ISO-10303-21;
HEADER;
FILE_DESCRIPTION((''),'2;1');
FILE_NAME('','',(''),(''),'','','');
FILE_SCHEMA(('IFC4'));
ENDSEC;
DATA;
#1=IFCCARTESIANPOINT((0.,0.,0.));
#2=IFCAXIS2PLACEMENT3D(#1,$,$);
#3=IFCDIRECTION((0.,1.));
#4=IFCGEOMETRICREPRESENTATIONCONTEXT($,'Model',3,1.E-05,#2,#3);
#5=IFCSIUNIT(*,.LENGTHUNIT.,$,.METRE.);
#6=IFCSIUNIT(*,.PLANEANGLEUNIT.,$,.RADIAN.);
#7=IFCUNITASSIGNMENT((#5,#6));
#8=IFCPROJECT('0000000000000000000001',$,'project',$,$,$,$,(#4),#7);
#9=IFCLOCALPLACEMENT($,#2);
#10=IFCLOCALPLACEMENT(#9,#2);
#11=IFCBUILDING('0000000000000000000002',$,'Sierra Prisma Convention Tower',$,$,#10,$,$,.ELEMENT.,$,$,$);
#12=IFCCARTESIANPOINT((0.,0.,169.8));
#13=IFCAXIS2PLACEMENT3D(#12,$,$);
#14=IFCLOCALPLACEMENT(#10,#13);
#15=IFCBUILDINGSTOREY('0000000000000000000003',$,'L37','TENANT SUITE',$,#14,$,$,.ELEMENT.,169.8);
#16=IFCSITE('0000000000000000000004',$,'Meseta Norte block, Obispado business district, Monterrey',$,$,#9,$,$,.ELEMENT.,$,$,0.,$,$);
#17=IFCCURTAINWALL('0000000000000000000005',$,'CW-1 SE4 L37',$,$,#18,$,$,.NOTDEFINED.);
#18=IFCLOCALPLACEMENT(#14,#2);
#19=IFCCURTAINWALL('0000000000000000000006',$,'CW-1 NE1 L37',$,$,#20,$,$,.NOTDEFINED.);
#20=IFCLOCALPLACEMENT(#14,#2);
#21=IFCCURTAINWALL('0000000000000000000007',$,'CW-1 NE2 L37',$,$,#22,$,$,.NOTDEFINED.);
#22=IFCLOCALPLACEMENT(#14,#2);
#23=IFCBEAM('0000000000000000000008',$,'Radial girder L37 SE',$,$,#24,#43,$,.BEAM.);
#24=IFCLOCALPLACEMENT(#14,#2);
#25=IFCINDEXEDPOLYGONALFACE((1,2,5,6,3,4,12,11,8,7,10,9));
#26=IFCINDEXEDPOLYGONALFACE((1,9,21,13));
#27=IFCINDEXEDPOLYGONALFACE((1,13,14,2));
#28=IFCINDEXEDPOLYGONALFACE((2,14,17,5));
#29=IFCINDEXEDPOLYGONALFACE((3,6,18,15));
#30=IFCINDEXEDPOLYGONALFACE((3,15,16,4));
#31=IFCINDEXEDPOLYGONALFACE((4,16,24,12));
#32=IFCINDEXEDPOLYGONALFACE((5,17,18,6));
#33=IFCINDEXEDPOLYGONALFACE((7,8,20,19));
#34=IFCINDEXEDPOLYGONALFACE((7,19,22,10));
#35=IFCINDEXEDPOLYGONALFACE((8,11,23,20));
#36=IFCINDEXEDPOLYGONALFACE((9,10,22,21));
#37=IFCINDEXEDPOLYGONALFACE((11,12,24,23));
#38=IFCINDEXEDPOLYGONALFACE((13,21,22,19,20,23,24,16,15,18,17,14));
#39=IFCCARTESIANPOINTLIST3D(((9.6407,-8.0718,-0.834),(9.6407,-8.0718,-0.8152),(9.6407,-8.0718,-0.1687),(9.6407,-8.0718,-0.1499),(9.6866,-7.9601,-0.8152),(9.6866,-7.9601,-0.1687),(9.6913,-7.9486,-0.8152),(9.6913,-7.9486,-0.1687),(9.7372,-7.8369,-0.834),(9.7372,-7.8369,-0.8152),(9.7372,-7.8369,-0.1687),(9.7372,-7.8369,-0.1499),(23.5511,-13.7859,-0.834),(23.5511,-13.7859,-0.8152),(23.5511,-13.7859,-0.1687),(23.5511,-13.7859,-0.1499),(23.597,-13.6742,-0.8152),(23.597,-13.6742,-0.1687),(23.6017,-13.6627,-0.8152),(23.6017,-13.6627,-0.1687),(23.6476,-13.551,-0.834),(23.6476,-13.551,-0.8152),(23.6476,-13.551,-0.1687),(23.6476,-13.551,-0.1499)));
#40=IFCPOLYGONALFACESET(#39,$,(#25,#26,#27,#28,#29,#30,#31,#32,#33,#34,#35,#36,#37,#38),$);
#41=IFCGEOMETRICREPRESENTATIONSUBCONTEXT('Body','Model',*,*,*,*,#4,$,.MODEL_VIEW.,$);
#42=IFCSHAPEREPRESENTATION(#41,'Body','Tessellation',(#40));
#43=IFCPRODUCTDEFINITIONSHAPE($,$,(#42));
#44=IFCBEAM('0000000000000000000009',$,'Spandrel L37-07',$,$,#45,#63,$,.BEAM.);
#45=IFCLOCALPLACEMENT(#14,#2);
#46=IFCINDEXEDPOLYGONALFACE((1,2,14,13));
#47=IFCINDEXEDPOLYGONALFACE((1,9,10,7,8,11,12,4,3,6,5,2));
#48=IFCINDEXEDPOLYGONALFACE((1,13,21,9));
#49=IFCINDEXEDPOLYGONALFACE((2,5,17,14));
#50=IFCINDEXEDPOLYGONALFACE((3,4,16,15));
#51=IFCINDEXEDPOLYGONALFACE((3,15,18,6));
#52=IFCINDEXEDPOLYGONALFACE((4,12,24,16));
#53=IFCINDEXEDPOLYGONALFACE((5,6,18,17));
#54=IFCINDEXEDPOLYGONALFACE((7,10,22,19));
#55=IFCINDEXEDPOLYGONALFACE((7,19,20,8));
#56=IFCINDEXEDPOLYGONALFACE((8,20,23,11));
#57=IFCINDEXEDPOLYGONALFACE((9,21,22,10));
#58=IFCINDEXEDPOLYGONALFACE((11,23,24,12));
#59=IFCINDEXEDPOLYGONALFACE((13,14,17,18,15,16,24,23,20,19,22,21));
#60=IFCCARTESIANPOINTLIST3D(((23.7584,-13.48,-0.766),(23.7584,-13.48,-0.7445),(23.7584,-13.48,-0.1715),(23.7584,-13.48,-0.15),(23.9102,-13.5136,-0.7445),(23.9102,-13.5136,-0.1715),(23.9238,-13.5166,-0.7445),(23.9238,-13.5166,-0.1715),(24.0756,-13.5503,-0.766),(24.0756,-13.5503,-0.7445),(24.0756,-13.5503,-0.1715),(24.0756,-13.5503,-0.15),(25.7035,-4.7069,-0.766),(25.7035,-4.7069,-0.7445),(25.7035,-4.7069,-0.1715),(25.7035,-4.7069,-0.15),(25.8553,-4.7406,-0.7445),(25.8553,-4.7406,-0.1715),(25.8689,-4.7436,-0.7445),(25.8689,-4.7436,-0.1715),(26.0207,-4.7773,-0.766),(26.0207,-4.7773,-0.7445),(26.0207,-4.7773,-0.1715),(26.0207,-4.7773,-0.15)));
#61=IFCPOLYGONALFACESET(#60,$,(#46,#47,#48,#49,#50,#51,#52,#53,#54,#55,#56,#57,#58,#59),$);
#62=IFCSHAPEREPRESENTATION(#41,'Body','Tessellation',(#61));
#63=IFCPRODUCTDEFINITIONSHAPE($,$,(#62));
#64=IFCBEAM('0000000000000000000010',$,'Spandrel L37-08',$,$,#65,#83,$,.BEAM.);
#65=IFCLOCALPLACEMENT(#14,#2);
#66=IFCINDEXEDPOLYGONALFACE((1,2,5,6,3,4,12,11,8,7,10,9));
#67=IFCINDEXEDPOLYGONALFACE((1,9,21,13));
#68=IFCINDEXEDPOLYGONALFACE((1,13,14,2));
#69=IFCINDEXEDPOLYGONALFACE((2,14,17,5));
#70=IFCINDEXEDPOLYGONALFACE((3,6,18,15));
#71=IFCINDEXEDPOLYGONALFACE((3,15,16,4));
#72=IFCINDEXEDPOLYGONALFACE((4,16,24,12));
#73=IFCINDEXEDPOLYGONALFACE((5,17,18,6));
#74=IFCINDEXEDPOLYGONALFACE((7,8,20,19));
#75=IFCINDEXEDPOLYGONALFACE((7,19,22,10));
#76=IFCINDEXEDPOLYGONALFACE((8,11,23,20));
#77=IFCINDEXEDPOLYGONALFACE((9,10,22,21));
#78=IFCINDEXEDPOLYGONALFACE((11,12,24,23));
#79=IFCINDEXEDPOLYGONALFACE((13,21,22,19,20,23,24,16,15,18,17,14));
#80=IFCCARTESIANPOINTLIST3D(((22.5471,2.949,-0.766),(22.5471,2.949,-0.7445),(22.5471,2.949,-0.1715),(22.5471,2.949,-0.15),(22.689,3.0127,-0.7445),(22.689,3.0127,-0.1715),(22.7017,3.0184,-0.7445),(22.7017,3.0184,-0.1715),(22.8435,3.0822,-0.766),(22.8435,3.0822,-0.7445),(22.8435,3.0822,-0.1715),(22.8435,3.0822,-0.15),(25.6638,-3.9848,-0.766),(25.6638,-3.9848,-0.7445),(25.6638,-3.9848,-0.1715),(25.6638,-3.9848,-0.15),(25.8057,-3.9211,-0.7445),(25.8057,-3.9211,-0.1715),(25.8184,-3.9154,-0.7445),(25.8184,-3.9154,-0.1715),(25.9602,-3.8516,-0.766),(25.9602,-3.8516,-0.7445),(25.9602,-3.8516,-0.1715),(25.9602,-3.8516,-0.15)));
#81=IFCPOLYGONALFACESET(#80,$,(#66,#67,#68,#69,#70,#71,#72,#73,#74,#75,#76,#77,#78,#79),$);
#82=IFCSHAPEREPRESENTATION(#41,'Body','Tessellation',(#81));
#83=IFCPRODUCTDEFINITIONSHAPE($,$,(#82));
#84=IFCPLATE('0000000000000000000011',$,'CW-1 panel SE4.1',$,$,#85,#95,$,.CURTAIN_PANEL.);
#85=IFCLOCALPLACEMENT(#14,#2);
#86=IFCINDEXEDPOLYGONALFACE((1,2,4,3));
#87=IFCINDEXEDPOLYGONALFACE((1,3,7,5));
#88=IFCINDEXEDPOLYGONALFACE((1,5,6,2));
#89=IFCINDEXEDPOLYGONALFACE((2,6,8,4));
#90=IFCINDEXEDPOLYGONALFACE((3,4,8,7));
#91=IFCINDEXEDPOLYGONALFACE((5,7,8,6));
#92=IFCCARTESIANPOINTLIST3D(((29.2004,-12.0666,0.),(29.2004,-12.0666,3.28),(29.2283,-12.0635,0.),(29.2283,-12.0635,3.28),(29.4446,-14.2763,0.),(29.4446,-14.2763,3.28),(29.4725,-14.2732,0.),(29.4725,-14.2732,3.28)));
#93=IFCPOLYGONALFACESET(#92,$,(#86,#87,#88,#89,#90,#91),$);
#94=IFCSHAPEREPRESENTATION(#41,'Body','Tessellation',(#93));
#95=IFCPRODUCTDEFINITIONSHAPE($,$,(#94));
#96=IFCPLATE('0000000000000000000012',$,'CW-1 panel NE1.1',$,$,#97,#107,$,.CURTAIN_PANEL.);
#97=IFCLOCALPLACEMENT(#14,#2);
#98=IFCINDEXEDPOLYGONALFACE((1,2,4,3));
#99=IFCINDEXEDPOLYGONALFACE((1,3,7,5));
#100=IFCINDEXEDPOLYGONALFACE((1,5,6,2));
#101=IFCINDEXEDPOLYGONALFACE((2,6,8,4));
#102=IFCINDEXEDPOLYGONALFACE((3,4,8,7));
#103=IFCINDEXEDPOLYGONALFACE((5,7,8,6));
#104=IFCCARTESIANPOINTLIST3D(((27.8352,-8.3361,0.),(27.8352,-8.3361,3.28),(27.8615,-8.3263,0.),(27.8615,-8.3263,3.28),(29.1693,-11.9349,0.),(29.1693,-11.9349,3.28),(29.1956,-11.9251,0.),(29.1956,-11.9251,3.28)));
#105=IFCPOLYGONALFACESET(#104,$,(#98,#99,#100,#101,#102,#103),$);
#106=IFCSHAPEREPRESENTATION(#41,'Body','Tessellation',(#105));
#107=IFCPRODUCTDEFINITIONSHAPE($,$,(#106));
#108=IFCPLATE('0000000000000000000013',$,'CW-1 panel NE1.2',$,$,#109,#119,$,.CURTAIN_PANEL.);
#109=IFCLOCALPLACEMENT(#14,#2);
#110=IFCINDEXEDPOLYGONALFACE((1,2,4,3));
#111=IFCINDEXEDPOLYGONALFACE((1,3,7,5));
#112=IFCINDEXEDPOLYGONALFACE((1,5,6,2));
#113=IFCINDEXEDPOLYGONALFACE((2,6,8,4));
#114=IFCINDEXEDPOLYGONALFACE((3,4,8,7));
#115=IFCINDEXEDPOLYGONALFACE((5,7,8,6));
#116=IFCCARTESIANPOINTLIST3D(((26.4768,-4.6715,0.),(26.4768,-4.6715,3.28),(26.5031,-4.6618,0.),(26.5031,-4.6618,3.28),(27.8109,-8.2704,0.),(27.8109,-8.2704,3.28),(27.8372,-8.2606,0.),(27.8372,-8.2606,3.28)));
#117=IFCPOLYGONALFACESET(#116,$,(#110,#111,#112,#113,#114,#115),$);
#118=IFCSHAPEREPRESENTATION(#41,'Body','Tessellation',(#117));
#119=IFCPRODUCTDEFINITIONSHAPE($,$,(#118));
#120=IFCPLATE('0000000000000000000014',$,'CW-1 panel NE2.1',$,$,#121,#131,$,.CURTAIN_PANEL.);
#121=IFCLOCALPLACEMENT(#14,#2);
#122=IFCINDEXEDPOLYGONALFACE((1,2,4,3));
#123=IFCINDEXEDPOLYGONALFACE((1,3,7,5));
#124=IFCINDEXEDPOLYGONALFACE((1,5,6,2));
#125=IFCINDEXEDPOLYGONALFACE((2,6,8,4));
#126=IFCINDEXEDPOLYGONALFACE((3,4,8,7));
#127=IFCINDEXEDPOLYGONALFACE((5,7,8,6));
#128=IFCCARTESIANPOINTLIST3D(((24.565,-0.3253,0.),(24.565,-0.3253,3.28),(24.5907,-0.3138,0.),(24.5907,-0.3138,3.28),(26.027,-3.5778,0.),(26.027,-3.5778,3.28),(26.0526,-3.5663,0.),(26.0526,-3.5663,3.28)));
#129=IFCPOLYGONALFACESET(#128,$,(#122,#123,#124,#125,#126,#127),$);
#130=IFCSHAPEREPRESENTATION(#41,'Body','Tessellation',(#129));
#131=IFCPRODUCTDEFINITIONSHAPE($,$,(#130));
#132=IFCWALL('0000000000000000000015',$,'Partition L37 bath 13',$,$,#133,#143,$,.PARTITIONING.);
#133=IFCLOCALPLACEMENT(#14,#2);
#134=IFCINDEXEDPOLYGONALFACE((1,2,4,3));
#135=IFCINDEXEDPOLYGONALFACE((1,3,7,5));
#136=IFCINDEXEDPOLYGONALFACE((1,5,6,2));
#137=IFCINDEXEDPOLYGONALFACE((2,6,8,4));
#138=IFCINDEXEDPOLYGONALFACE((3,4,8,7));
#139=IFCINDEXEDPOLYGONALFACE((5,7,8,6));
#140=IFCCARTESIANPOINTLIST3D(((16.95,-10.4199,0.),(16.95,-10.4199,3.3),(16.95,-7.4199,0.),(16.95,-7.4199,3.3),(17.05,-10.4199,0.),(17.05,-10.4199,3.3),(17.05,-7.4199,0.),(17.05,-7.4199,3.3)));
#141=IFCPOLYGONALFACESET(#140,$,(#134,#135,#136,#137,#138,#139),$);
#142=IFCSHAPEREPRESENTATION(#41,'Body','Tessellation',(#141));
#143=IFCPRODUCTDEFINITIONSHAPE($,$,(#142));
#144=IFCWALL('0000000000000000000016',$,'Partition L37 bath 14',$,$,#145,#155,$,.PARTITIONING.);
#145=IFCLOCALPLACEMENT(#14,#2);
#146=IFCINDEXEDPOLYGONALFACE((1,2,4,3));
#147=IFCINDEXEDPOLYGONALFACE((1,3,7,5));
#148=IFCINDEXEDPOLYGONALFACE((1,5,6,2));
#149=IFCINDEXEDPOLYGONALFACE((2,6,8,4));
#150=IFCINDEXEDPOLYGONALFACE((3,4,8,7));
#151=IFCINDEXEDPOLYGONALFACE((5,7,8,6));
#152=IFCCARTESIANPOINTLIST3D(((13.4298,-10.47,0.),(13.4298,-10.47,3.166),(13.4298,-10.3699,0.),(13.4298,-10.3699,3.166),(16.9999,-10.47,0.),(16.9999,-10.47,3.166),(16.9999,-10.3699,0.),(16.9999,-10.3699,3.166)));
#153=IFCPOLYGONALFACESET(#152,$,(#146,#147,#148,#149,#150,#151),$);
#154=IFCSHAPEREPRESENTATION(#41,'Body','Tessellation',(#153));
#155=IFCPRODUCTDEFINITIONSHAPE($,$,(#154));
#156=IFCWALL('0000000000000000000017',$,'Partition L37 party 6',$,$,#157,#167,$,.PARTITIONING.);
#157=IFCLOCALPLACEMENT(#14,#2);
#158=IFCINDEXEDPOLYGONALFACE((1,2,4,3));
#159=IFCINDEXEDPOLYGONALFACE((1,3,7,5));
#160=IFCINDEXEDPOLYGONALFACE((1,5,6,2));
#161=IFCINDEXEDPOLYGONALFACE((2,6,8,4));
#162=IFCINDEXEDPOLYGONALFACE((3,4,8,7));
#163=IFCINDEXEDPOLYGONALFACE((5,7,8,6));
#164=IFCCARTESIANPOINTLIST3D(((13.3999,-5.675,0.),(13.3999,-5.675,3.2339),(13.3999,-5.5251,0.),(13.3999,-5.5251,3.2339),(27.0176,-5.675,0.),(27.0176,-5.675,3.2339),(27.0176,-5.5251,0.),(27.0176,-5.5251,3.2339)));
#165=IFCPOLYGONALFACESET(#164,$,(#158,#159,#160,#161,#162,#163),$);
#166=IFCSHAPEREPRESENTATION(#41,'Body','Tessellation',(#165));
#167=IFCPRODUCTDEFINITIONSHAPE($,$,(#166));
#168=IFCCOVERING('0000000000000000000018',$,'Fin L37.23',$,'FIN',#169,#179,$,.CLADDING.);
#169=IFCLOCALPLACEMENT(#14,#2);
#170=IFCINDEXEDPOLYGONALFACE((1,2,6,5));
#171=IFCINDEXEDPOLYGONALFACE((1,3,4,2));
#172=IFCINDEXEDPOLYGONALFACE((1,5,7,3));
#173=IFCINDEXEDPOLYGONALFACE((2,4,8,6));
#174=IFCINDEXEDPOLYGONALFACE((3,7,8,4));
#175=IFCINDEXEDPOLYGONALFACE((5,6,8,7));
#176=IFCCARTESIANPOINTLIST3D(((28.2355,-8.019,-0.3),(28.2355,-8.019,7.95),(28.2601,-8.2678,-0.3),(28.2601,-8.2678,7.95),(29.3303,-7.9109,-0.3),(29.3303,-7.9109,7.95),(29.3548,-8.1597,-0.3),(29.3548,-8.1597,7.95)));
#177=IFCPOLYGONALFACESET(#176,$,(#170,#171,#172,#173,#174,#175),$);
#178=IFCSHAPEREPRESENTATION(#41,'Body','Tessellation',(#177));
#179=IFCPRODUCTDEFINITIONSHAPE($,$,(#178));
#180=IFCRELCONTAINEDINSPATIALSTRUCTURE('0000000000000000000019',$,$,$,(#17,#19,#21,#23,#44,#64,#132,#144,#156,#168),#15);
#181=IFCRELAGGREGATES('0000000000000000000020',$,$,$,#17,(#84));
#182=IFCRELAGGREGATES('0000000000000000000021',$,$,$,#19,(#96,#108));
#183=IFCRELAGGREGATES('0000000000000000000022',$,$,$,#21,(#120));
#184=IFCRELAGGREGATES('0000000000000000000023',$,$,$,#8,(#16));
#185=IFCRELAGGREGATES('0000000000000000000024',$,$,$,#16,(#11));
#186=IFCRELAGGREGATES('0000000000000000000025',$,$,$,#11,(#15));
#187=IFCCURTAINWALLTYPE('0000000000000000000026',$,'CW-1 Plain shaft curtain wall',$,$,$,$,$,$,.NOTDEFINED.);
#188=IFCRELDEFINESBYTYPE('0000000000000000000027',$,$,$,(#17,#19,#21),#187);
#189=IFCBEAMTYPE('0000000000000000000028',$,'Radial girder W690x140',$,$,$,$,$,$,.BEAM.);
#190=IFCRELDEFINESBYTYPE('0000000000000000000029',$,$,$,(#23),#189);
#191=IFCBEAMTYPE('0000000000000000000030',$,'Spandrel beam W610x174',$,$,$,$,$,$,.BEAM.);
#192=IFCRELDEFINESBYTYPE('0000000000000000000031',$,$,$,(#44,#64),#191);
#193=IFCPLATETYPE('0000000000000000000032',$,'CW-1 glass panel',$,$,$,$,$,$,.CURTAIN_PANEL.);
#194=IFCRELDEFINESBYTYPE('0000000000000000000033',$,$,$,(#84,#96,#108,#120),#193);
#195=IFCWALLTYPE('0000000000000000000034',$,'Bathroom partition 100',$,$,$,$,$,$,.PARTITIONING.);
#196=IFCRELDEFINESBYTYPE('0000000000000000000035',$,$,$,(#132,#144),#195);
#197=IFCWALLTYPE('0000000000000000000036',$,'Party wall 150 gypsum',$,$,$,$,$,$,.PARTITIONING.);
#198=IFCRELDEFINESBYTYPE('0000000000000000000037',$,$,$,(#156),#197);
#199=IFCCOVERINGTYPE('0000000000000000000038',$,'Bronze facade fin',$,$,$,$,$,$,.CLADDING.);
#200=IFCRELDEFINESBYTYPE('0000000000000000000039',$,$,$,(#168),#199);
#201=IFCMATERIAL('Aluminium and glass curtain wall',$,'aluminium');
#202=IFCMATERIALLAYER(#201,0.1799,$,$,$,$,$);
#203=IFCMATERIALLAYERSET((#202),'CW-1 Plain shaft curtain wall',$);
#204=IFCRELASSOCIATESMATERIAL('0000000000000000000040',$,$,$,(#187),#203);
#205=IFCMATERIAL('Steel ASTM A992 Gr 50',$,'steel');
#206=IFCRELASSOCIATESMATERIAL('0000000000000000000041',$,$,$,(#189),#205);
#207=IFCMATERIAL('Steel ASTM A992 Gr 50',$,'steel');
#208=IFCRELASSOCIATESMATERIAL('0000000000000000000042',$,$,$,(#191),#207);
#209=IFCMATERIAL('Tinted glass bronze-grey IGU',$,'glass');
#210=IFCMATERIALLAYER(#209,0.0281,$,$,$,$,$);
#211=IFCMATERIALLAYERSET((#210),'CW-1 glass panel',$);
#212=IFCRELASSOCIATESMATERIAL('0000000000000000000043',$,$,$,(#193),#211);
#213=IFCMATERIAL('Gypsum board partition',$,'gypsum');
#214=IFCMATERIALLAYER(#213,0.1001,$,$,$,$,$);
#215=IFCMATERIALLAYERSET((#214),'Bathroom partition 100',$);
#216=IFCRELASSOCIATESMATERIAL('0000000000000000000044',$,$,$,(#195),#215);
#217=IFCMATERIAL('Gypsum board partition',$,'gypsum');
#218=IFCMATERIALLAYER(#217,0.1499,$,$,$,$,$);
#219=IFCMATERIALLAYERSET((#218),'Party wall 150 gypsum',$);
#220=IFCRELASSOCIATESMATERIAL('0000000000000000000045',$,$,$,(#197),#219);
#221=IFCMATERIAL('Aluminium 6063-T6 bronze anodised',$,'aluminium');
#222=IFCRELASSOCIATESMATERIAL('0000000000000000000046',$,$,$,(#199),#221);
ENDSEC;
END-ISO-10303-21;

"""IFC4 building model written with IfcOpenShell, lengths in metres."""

from ifc_helpers import new_model, si_unit, direction, frame, frame_2d, origin, origin_2d, place, context, subcontext, project, spatial, rectangle, i_section, extrude, material, layer, layer_set, material_profile, profile_set, type_object, element, aggregate, save


model = new_model("IFC4")

# Units and contexts
model_context = context("Model", 3, precision=1e-05, world=origin(), true_north=direction((0.0, 1.0)))
body_context = subcontext(model_context, "Body", "Model", "MODEL_VIEW")
ifc_project = project(units=[si_unit("LENGTHUNIT", "METRE"), si_unit("PLANEANGLEUNIT", "RADIAN")], contexts=[model_context])

# Site, building, storey
site_placement = place(None, origin())
site = spatial("IfcSite", under=ifc_project, at=site_placement, Name="Meseta Norte block, Obispado business district, Monterrey", CompositionType="ELEMENT", RefElevation=0.0)
building_placement = place(site_placement, origin())
building = spatial("IfcBuilding", under=site, at=building_placement, Name="Sierra Prisma Convention Tower", CompositionType="ELEMENT")
storey_placement = place(building_placement, frame((0.0, 0.0, 169.8)))
storey = spatial("IfcBuildingStorey", under=building, at=storey_placement, Name="L37", Description="TENANT SUITE", CompositionType="ELEMENT", Elevation=169.8)

# Curtain wall
ifc_material_1 = material(Name="Aluminium and glass curtain wall", Category="aluminium")
ifc_layer_1 = layer(ifc_material_1, 0.1799)
ifc_layer_set_1 = layer_set([ifc_layer_1], Name="CW-1 Plain shaft curtain wall")
curtain_wall_type = type_object("IfcCurtainWallType", Name="CW-1 Plain shaft curtain wall", PredefinedType="NOTDEFINED", material=ifc_layer_set_1)
curtain_wall_1_placement = place(storey_placement, origin())
curtain_wall_1 = element("IfcCurtainWall", 1, at=curtain_wall_1_placement, inside=storey, type_object=curtain_wall_type, Name="CW-1 SE4 L37", PredefinedType="NOTDEFINED")

# Curtain wall
curtain_wall_2_placement = place(storey_placement, origin())
curtain_wall_2 = element("IfcCurtainWall", 2, at=curtain_wall_2_placement, inside=storey, type_object=curtain_wall_type, Name="CW-1 NE1 L37", PredefinedType="NOTDEFINED")

# Curtain wall
curtain_wall_3_placement = place(storey_placement, origin())
curtain_wall_3 = element("IfcCurtainWall", 3, at=curtain_wall_3_placement, inside=storey, type_object=curtain_wall_type, Name="CW-1 NE2 L37", PredefinedType="NOTDEFINED")

# Beams
ifc_material_2 = material(Name="Steel ASTM A992 Gr 50", Category="steel")
ifc_material_profile_1 = material_profile(ifc_material_2, i_section(OverallWidth=0.2539, OverallDepth=0.6841, WebThickness=0.0125, FlangeThickness=0.0188, at=origin_2d()), Name="W690x140")
ifc_profile_set_1 = profile_set([ifc_material_profile_1], Name="Steel ASTM A992 Gr 50")
beam_type_1 = type_object("IfcBeamType", Name="Radial girder W690x140", PredefinedType="BEAM", material=ifc_profile_set_1)
beam_1_placement = place(storey_placement, frame((23.5994, -13.6685, -0.4919), z_axis=(-0.924999, 0.379971, 0.0), x_axis=(-0.379971, -0.924999, 0.0)))
element("IfcBeam", 4, at=beam_1_placement, inside=storey, type_object=beam_type_1, Name="Radial girder L37 SE", PredefinedType="BEAM", context=body_context, shape_type="SweptSolid", body=[
    extrude(i_section(OverallWidth=0.2539, OverallDepth=0.6841, WebThickness=0.0125, FlangeThickness=0.0188, at=origin_2d()), origin(), (0.0, 0.0, 1.0), 15.0383),
])
ifc_material_3 = material(Name="Steel ASTM A992 Gr 50", Category="steel")
ifc_material_profile_2 = material_profile(ifc_material_3, i_section(OverallWidth=0.325, OverallDepth=0.616, WebThickness=0.0139, FlangeThickness=0.0215, at=origin_2d()), Name="W610x174")
ifc_profile_set_2 = profile_set([ifc_material_profile_2], Name="Steel ASTM A992 Gr 50")
beam_type_2 = type_object("IfcBeamType", Name="Spandrel beam W610x174", PredefinedType="BEAM", material=ifc_profile_set_2)
beam_2_placement = place(storey_placement, frame((23.917, -13.5151, -0.458), z_axis=(0.216456, 0.976292, 0.0), x_axis=(-0.976292, 0.216456, 0.0)))
element("IfcBeam", 5, at=beam_2_placement, inside=storey, type_object=beam_type_2, Name="Spandrel L37-07", PredefinedType="BEAM", context=body_context, shape_type="SweptSolid", body=[
    extrude(i_section(OverallWidth=0.325, OverallDepth=0.616, WebThickness=0.0139, FlangeThickness=0.0215, at=origin_2d()), origin(), (0.0, 0.0, 1.0), 8.9861),
])
beam_3_placement = place(storey_placement, frame((25.812, -3.9182, -0.458), z_axis=(-0.409979, 0.912095, 0.0), x_axis=(-0.912095, -0.409979, 0.0)))
element("IfcBeam", 6, at=beam_3_placement, inside=storey, type_object=beam_type_2, Name="Spandrel L37-08", PredefinedType="BEAM", context=body_context, shape_type="SweptSolid", body=[
    extrude(i_section(OverallWidth=0.325, OverallDepth=0.616, WebThickness=0.0139, FlangeThickness=0.0215, at=origin_2d()), origin(), (0.0, 0.0, 1.0), 7.6021),
])

# Plates
ifc_material_4 = material(Name="Tinted glass bronze-grey IGU", Category="glass")
ifc_layer_2 = layer(ifc_material_4, 0.0281)
ifc_layer_set_2 = layer_set([ifc_layer_2], Name="CW-1 glass panel")
plate_type = type_object("IfcPlateType", Name="CW-1 glass panel", PredefinedType="CURTAIN_PANEL", material=ifc_layer_set_2)
plate_1_placement = place(storey_placement, frame((29.3364, -13.1699, 0.0), z_axis=(0.0, 0.0, 1.0), x_axis=(-0.109835, 0.99395, 0.0)))
plate_1 = element("IfcPlate", 7, at=plate_1_placement, type_object=plate_type, Name="CW-1 panel SE4.1", PredefinedType="CURTAIN_PANEL", context=body_context, shape_type="SweptSolid", body=[
    extrude(rectangle(XDim=2.2231, YDim=0.0281, at=origin_2d()), origin(), (0.0, 0.0, 1.0), 3.28),
])
aggregate(curtain_wall_1, [plate_1])
plate_2_placement = place(storey_placement, frame((28.5154, -10.1306, 0.0), z_axis=(0.0, 0.0, 1.0), x_axis=(-0.347587, 0.937648, 0.0)))
plate_2 = element("IfcPlate", 8, at=plate_2_placement, type_object=plate_type, Name="CW-1 panel NE1.1", PredefinedType="CURTAIN_PANEL", context=body_context, shape_type="SweptSolid", body=[
    extrude(rectangle(XDim=3.8381, YDim=0.0281, at=origin_2d()), origin(), (0.0, 0.0, 1.0), 3.28),
])
plate_3_placement = place(storey_placement, frame((27.157, -6.4661, 0.0), z_axis=(0.0, 0.0, 1.0), x_axis=(-0.347587, 0.937648, 0.0)))
plate_3 = element("IfcPlate", 9, at=plate_3_placement, type_object=plate_type, Name="CW-1 panel NE1.2", PredefinedType="CURTAIN_PANEL", context=body_context, shape_type="SweptSolid", body=[
    extrude(rectangle(XDim=3.8381, YDim=0.0281, at=origin_2d()), origin(), (0.0, 0.0, 1.0), 3.28),
])
aggregate(curtain_wall_2, [plate_2, plate_3])
plate_4_placement = place(storey_placement, frame((25.3088, -1.9458, 0.0), z_axis=(0.0, 0.0, 1.0), x_axis=(-0.409985, 0.912092, 0.0)))
plate_4 = element("IfcPlate", 10, at=plate_4_placement, type_object=plate_type, Name="CW-1 panel NE2.1", PredefinedType="CURTAIN_PANEL", context=body_context, shape_type="SweptSolid", body=[
    extrude(rectangle(XDim=3.5659, YDim=0.0281, at=origin_2d()), origin(), (0.0, 0.0, 1.0), 3.28),
])
aggregate(curtain_wall_3, [plate_4])

# Walls
ifc_material_5 = material(Name="Gypsum board partition", Category="gypsum")
ifc_layer_3 = layer(ifc_material_5, 0.1001)
ifc_layer_set_3 = layer_set([ifc_layer_3], Name="Bathroom partition 100")
wall_type_1 = type_object("IfcWallType", Name="Bathroom partition 100", PredefinedType="PARTITIONING", material=ifc_layer_set_3)
wall_1_placement = place(storey_placement, frame((17.0, -7.4199, 0.0), z_axis=(0.0, 0.0, 1.0), x_axis=(0.0, -1.0, 0.0)))
element("IfcWall", 11, at=wall_1_placement, inside=storey, type_object=wall_type_1, Name="Partition L37 bath 13", PredefinedType="PARTITIONING", context=body_context, shape_type="SweptSolid", body=[
    extrude(rectangle(XDim=3.0, YDim=0.1001, at=frame_2d((1.5, 0.0))), origin(), (0.0, 0.0, 1.0), 3.3),
])
wall_2_placement = place(storey_placement, frame((17.0, -10.4199, 0.0), z_axis=(0.0, 0.0, 1.0), x_axis=(-1.0, 0.0, 0.0)))
element("IfcWall", 12, at=wall_2_placement, inside=storey, type_object=wall_type_1, Name="Partition L37 bath 14", PredefinedType="PARTITIONING", context=body_context, shape_type="SweptSolid", body=[
    extrude(rectangle(XDim=3.5701, YDim=0.1001, at=frame_2d((1.7852, 0.0))), origin(), (0.0, 0.0, 1.0), 3.166),
])
ifc_material_6 = material(Name="Gypsum board partition", Category="gypsum")
ifc_layer_4 = layer(ifc_material_6, 0.1499)
ifc_layer_set_4 = layer_set([ifc_layer_4], Name="Party wall 150 gypsum")
wall_type_2 = type_object("IfcWallType", Name="Party wall 150 gypsum", PredefinedType="PARTITIONING", material=ifc_layer_set_4)
wall_3_placement = place(storey_placement, frame((27.0176, -5.6001, 0.0), z_axis=(0.0, 0.0, 1.0), x_axis=(-1.0, 0.0, 0.0)))
element("IfcWall", 13, at=wall_3_placement, inside=storey, type_object=wall_type_2, Name="Partition L37 party 6", PredefinedType="PARTITIONING", context=body_context, shape_type="SweptSolid", body=[
    extrude(rectangle(XDim=13.6177, YDim=0.1499, at=frame_2d((6.8088, 0.0))), origin(), (0.0, 0.0, 1.0), 3.2339),
])

# Covering
ifc_material_7 = material(Name="Aluminium 6063-T6 bronze anodised", Category="aluminium")
ifc_material_profile_3 = material_profile(ifc_material_7, rectangle(XDim=1.1001, YDim=0.25, at=origin_2d()), Name="ALU FIN 1100x250")
ifc_profile_set_3 = profile_set([ifc_material_profile_3], Name="Aluminium 6063-T6 bronze anodised")
covering_type = type_object("IfcCoveringType", Name="Bronze facade fin", PredefinedType="CLADDING", material=ifc_profile_set_3)
covering_placement = place(storey_placement, frame((28.7952, -8.0894, -0.3), z_axis=(0.0, 0.0, 1.0), x_axis=(0.995164, 0.098226, 0.0)))
element("IfcCovering", 14, at=covering_placement, inside=storey, type_object=covering_type, Name="Fin L37.23", ObjectType="FIN", PredefinedType="CLADDING", context=body_context, shape_type="SweptSolid", body=[
    extrude(rectangle(XDim=1.1001, YDim=0.25, at=origin_2d()), origin(), (0.0, 0.0, 1.0), 8.25),
])

save(model, "model.ifc")
